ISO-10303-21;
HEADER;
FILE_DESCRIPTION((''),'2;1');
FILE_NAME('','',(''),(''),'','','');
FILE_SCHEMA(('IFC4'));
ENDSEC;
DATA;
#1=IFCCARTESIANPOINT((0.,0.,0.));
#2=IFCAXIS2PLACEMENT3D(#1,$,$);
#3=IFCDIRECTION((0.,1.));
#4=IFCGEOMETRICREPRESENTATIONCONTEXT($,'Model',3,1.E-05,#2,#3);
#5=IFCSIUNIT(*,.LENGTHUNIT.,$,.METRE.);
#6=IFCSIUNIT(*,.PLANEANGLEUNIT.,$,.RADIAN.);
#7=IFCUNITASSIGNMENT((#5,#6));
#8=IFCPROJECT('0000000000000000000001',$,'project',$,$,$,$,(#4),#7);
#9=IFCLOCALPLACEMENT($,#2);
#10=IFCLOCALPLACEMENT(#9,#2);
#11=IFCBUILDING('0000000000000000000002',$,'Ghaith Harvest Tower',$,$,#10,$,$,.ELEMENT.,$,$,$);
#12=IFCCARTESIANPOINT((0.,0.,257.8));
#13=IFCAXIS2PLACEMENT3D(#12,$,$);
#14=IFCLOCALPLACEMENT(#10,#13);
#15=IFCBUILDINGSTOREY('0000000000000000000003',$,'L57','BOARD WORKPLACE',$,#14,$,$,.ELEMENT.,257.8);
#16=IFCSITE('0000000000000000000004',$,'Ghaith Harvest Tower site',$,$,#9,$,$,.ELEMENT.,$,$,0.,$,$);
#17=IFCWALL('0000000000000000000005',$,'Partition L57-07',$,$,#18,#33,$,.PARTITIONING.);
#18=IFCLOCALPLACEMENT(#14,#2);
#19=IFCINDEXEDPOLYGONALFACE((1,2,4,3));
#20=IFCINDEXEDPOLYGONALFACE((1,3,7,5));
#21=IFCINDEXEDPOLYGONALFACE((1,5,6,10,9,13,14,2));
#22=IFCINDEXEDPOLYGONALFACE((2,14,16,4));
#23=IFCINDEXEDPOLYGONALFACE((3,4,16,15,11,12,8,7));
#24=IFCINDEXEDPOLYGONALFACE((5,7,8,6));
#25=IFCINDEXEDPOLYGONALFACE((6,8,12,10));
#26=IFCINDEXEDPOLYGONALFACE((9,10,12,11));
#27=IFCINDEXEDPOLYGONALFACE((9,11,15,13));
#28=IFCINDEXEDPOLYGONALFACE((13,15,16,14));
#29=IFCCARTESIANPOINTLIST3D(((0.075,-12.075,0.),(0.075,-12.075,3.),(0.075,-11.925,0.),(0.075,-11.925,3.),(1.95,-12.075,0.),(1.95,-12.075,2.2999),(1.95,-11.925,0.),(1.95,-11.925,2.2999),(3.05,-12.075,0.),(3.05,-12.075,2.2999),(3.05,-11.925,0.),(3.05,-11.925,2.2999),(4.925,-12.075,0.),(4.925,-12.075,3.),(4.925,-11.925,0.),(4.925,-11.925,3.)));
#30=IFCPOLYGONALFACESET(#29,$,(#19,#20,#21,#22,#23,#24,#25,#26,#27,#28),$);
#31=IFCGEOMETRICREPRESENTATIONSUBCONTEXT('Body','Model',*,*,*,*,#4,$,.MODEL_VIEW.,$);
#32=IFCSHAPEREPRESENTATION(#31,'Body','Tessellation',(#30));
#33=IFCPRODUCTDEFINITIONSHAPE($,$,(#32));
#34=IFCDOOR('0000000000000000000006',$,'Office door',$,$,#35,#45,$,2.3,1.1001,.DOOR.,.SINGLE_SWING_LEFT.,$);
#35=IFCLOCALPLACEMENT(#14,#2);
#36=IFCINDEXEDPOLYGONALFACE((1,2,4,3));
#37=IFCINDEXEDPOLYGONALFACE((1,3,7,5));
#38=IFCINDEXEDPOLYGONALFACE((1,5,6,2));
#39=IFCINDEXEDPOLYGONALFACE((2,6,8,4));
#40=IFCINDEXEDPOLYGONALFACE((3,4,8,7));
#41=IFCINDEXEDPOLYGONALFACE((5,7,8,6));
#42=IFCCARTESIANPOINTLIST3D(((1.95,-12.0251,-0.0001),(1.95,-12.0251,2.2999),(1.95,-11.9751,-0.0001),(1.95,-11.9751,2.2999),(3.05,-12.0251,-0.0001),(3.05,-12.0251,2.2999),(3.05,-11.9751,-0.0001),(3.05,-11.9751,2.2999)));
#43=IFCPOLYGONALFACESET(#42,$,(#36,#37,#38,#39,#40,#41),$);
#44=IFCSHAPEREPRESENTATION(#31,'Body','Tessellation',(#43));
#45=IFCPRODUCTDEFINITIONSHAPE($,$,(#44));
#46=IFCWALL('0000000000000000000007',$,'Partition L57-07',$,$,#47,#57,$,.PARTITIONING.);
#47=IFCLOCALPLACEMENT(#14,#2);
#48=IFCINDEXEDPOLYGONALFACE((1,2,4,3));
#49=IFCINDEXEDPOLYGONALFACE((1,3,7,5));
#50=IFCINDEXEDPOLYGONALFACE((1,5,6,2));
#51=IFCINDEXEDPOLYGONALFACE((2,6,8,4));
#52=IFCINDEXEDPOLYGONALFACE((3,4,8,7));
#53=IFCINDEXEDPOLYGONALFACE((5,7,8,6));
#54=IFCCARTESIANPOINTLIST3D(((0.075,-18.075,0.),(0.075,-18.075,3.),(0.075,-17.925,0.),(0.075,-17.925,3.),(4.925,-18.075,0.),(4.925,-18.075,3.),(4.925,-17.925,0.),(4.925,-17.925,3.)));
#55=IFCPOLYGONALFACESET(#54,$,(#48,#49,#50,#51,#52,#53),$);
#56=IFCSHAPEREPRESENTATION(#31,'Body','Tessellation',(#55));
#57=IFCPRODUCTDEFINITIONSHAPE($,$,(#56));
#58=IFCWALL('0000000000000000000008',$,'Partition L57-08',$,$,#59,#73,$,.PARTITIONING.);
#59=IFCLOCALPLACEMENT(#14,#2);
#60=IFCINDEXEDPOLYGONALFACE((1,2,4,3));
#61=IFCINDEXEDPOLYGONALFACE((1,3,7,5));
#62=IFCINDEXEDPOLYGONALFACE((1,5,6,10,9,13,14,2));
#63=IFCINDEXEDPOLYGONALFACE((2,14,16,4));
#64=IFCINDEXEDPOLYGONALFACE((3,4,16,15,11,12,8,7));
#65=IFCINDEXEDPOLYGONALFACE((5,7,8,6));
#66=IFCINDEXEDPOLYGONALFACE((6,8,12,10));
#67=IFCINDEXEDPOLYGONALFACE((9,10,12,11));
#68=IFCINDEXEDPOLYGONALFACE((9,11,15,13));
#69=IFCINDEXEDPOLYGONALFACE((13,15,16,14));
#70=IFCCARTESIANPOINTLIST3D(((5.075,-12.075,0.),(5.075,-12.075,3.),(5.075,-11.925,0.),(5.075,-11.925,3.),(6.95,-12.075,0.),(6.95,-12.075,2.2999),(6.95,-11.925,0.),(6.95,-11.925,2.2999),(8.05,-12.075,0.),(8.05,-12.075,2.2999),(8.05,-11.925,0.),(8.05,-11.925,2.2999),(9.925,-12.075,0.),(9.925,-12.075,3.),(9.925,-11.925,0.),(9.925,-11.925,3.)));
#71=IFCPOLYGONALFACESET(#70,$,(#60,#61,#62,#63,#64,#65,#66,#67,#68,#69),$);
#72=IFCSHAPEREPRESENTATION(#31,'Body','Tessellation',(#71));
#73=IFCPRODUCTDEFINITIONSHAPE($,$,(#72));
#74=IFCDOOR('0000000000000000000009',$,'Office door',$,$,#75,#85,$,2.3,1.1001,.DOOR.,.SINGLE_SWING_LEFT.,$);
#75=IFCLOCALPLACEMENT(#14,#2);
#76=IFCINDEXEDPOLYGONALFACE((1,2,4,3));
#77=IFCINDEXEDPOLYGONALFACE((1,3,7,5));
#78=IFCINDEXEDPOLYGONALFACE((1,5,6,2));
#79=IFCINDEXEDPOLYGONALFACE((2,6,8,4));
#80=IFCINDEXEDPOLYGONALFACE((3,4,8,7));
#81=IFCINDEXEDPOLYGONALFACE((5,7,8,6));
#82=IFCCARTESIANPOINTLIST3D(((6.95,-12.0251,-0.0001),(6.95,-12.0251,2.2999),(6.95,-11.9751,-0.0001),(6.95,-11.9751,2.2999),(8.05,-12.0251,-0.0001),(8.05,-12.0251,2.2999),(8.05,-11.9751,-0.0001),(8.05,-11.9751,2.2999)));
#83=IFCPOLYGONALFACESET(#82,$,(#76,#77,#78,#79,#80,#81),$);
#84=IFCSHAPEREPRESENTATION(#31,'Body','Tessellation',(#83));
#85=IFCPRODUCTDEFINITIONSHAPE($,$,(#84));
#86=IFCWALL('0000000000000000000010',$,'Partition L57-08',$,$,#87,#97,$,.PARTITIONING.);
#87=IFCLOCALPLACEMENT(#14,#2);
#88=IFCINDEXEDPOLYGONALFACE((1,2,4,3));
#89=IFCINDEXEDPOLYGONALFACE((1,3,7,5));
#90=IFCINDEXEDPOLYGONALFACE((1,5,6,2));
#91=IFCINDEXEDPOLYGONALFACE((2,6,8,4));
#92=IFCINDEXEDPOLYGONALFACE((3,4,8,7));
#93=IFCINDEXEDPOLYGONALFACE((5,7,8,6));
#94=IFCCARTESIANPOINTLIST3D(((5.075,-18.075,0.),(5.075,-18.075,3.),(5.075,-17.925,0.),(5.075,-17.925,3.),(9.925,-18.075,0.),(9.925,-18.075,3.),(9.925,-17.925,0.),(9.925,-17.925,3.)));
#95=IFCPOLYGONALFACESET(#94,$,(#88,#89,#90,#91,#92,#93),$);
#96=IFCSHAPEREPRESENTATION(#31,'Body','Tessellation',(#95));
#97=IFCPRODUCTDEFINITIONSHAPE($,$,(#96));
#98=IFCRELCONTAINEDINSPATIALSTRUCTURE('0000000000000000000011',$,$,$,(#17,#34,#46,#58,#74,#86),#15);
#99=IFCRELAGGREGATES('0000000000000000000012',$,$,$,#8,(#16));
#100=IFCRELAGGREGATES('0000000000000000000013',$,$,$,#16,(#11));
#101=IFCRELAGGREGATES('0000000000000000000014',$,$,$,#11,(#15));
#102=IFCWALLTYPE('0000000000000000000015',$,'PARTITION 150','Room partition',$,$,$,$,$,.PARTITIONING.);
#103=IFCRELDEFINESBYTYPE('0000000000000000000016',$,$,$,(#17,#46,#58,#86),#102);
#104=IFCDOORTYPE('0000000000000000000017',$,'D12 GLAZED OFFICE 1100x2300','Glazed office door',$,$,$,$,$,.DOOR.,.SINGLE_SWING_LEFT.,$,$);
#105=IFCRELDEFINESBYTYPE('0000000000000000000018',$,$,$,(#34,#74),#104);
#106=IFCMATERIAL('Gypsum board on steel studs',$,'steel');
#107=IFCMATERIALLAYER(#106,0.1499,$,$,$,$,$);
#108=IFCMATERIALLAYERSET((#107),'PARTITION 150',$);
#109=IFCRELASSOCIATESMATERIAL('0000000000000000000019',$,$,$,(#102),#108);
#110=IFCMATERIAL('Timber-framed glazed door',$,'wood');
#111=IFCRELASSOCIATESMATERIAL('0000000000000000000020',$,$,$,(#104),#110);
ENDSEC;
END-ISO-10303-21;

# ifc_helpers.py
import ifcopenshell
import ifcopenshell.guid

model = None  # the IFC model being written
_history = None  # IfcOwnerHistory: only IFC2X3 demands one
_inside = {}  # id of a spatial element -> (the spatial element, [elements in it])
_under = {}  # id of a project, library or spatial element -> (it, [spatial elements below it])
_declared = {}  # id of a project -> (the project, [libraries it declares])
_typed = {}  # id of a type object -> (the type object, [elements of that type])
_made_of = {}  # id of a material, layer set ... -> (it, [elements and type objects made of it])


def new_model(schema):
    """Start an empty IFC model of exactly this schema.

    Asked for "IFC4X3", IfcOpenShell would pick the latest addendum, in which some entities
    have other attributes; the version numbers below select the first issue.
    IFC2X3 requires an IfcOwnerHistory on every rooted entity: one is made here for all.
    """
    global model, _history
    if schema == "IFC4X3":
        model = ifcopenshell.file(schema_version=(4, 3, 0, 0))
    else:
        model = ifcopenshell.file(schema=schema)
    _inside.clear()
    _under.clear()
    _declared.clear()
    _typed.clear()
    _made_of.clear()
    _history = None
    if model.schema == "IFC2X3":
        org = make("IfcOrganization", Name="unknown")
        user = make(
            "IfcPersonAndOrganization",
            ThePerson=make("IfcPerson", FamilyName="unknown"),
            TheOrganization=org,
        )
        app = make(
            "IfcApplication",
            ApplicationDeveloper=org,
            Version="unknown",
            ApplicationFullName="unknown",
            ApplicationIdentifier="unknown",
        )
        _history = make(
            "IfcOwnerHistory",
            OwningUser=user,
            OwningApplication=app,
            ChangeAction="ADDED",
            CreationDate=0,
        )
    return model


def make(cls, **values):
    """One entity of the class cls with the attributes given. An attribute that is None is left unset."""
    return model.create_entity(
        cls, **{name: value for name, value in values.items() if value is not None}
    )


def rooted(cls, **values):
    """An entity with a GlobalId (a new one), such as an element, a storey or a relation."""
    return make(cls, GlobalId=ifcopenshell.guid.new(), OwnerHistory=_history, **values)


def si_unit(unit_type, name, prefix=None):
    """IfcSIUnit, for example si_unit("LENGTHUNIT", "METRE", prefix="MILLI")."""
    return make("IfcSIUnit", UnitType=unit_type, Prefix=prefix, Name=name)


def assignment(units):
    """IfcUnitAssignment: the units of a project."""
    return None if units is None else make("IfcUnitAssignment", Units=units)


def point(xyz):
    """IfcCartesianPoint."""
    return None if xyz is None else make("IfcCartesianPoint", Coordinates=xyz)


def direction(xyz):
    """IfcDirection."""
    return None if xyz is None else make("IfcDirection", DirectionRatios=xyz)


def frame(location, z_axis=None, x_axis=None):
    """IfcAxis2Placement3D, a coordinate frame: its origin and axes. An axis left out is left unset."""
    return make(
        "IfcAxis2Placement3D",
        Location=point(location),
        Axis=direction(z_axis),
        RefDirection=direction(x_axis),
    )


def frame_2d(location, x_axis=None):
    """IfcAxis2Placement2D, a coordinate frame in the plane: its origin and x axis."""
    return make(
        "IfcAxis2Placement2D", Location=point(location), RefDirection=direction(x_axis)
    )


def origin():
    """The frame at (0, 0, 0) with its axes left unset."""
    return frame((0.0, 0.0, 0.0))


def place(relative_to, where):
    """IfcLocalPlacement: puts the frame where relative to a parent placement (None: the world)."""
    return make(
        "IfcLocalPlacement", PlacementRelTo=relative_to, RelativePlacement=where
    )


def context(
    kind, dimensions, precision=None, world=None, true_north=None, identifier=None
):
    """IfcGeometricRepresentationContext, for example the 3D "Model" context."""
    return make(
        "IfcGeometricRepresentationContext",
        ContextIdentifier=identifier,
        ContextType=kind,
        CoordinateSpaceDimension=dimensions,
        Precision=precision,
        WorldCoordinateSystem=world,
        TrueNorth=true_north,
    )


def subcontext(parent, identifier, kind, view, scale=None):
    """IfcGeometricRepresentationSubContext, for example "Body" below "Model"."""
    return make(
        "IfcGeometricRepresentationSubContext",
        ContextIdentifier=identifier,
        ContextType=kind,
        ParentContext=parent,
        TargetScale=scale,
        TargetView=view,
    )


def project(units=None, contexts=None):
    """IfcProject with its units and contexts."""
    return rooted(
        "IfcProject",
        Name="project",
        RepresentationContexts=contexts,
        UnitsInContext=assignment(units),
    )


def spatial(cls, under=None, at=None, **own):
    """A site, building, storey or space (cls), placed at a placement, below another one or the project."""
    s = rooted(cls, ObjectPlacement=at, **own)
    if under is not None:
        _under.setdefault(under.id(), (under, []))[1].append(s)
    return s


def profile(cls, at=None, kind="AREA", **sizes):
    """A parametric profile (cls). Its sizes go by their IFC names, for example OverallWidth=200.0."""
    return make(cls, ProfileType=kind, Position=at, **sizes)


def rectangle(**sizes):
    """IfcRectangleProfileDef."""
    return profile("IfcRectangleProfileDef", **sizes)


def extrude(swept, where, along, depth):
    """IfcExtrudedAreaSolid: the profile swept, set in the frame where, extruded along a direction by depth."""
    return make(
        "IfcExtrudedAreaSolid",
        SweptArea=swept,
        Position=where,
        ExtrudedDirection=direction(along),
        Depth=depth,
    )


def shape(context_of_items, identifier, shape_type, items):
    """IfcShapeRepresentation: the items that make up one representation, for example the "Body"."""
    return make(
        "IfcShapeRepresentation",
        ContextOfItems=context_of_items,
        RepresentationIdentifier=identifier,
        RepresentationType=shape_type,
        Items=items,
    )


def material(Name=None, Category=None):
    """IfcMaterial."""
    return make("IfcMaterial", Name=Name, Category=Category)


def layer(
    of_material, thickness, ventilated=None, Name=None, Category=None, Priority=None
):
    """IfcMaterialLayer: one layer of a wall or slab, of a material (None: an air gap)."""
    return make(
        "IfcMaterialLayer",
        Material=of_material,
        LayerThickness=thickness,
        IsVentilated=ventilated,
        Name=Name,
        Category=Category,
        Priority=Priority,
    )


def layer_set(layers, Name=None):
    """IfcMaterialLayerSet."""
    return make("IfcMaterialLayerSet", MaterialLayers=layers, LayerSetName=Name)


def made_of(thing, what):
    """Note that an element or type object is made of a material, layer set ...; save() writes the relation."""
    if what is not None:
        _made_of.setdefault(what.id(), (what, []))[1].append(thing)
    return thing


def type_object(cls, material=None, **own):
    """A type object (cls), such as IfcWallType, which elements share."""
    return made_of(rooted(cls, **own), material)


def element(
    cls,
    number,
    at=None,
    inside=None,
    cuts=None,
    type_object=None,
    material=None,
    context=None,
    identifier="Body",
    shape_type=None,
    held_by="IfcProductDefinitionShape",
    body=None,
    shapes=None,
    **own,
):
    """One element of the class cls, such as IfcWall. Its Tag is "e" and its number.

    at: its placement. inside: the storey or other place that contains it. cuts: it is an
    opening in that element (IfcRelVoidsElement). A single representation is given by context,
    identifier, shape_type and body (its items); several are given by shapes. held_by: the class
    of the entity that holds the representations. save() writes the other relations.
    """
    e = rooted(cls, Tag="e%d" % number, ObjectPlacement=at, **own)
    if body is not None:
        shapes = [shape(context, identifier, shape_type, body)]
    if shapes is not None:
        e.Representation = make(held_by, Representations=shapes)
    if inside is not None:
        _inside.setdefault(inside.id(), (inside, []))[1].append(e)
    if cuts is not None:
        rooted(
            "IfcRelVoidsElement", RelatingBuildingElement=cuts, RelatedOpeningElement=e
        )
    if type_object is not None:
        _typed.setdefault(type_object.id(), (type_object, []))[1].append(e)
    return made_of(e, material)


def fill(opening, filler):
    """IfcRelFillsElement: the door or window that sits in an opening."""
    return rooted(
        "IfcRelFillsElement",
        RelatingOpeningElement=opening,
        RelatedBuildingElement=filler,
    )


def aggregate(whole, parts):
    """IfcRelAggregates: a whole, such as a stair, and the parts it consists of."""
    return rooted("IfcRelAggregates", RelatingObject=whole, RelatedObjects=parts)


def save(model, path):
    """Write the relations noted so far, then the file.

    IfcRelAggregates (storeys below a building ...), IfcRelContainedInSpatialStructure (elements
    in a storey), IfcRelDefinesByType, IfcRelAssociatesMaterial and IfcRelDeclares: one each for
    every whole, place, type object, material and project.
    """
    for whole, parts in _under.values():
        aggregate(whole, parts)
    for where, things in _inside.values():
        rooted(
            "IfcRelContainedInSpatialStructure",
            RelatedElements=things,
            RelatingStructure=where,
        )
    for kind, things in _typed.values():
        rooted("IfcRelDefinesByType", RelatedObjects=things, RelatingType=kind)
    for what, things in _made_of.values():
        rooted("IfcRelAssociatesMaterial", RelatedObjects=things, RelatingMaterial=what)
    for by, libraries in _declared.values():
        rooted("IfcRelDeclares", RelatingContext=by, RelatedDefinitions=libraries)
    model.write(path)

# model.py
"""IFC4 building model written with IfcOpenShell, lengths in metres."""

from ifc_helpers import new_model, si_unit, direction, frame, frame_2d, origin, place, context, subcontext, project, spatial, rectangle, extrude, material, layer, layer_set, type_object, element, fill, save


model = new_model("IFC4")

# Units and contexts
model_context = context("Model", 3, precision=1e-05, world=origin(), true_north=direction((0.0, 1.0)))
body_context = subcontext(model_context, "Body", "Model", "MODEL_VIEW")
ifc_project = project(units=[si_unit("LENGTHUNIT", "METRE"), si_unit("PLANEANGLEUNIT", "RADIAN")], contexts=[model_context])

# Site, building, storey
site_placement = place(None, origin())
site = spatial("IfcSite", under=ifc_project, at=site_placement, Name="Ghaith Harvest Tower site", CompositionType="ELEMENT", RefElevation=0.0)
building_placement = place(site_placement, origin())
building = spatial("IfcBuilding", under=site, at=building_placement, Name="Ghaith Harvest Tower", CompositionType="ELEMENT")
storey_placement = place(building_placement, frame((0.0, 0.0, 257.8)))
storey = spatial("IfcBuildingStorey", under=building, at=storey_placement, Name="L57", Description="BOARD WORKPLACE", CompositionType="ELEMENT", Elevation=257.8)

# Shared definitions
ifc_material_1 = material(Name="Gypsum board on steel studs", Category="steel")
ifc_layer_1 = layer(ifc_material_1, 0.1499)
ifc_layer_set_1 = layer_set([ifc_layer_1], Name="PARTITION 150")
wall_type = type_object("IfcWallType", Name="PARTITION 150", Description="Room partition", PredefinedType="PARTITIONING", material=ifc_layer_set_1)

# Wall, opening, door
wall_1_placement = place(storey_placement, frame((0.075, -12.0, 0.0), z_axis=(0.0, 0.0, 1.0), x_axis=(1.0, 0.0, 0.0)))
wall_1 = element("IfcWall", 1, at=wall_1_placement, inside=storey, type_object=wall_type, Name="Partition L57-07", PredefinedType="PARTITIONING", context=body_context, shape_type="SweptSolid", body=[
    extrude(rectangle(XDim=4.8501, YDim=0.1499, at=frame_2d((2.425, 0.0))), origin(), (0.0, 0.0, 1.0), 3.0),
])
opening_1_placement = place(wall_1_placement, frame((1.875, 0.0, 0.0)))
opening_1 = element("IfcOpeningElement", 2, at=opening_1_placement, cuts=wall_1, PredefinedType="OPENING", context=body_context, shape_type="SweptSolid", body=[
    extrude(rectangle(XDim=1.1001, YDim=2.3, at=frame_2d((0.55, 1.1499))), frame((0.0, 0.085, 0.0), z_axis=(0.0, -1.0, 0.0), x_axis=(1.0, 0.0, 0.0)), (0.0, 0.0, 1.0), 0.1699),
])
ifc_material_2 = material(Name="Timber-framed glazed door", Category="wood")
door_type = type_object("IfcDoorType", Name="D12 GLAZED OFFICE 1100x2300", Description="Glazed office door", OperationType="SINGLE_SWING_LEFT", PredefinedType="DOOR", material=ifc_material_2)
door_1_placement = place(opening_1_placement, origin())
door_1 = element("IfcDoor", 3, at=door_1_placement, inside=storey, type_object=door_type, Name="Office door", OperationType="SINGLE_SWING_LEFT", OverallHeight=2.3, OverallWidth=1.1001, PredefinedType="DOOR", context=body_context, shape_type="SweptSolid", body=[
    extrude(rectangle(XDim=1.1001, YDim=2.3, at=frame_2d((0.55, 1.1499))), frame((0.0, 0.0249, 0.0), z_axis=(0.0, -1.0, 0.0), x_axis=(1.0, 0.0, 0.0)), (0.0, 0.0, 1.0), 0.05),
])
fill(opening_1, door_1)

# Wall
wall_2_placement = place(storey_placement, frame((0.075, -18.0, 0.0), z_axis=(0.0, 0.0, 1.0), x_axis=(1.0, 0.0, 0.0)))
element("IfcWall", 4, at=wall_2_placement, inside=storey, type_object=wall_type, Name="Partition L57-07", PredefinedType="PARTITIONING", context=body_context, shape_type="SweptSolid", body=[
    extrude(rectangle(XDim=4.8501, YDim=0.1499, at=frame_2d((2.425, 0.0))), origin(), (0.0, 0.0, 1.0), 3.0),
])

# Wall, opening, door
wall_3_placement = place(storey_placement, frame((5.075, -12.0, 0.0), z_axis=(0.0, 0.0, 1.0), x_axis=(1.0, 0.0, 0.0)))
wall_3 = element("IfcWall", 5, at=wall_3_placement, inside=storey, type_object=wall_type, Name="Partition L57-08", PredefinedType="PARTITIONING", context=body_context, shape_type="SweptSolid", body=[
    extrude(rectangle(XDim=4.8501, YDim=0.1499, at=frame_2d((2.425, 0.0))), origin(), (0.0, 0.0, 1.0), 3.0),
])
opening_2_placement = place(wall_3_placement, frame((1.875, 0.0, 0.0)))
opening_2 = element("IfcOpeningElement", 6, at=opening_2_placement, cuts=wall_3, PredefinedType="OPENING", context=body_context, shape_type="SweptSolid", body=[
    extrude(rectangle(XDim=1.1001, YDim=2.3, at=frame_2d((0.55, 1.1499))), frame((0.0, 0.085, 0.0), z_axis=(0.0, -1.0, 0.0), x_axis=(1.0, 0.0, 0.0)), (0.0, 0.0, 1.0), 0.1699),
])
door_2_placement = place(opening_2_placement, origin())
door_2 = element("IfcDoor", 7, at=door_2_placement, inside=storey, type_object=door_type, Name="Office door", OperationType="SINGLE_SWING_LEFT", OverallHeight=2.3, OverallWidth=1.1001, PredefinedType="DOOR", context=body_context, shape_type="SweptSolid", body=[
    extrude(rectangle(XDim=1.1001, YDim=2.3, at=frame_2d((0.55, 1.1499))), frame((0.0, 0.0249, 0.0), z_axis=(0.0, -1.0, 0.0), x_axis=(1.0, 0.0, 0.0)), (0.0, 0.0, 1.0), 0.05),
])
fill(opening_2, door_2)

# Wall
wall_4_placement = place(storey_placement, frame((5.075, -18.0, 0.0), z_axis=(0.0, 0.0, 1.0), x_axis=(1.0, 0.0, 0.0)))
element("IfcWall", 8, at=wall_4_placement, inside=storey, type_object=wall_type, Name="Partition L57-08", PredefinedType="PARTITIONING", context=body_context, shape_type="SweptSolid", body=[
    extrude(rectangle(XDim=4.8501, YDim=0.1499, at=frame_2d((2.425, 0.0))), origin(), (0.0, 0.0, 1.0), 3.0),
])

save(model, "model.ifc")
